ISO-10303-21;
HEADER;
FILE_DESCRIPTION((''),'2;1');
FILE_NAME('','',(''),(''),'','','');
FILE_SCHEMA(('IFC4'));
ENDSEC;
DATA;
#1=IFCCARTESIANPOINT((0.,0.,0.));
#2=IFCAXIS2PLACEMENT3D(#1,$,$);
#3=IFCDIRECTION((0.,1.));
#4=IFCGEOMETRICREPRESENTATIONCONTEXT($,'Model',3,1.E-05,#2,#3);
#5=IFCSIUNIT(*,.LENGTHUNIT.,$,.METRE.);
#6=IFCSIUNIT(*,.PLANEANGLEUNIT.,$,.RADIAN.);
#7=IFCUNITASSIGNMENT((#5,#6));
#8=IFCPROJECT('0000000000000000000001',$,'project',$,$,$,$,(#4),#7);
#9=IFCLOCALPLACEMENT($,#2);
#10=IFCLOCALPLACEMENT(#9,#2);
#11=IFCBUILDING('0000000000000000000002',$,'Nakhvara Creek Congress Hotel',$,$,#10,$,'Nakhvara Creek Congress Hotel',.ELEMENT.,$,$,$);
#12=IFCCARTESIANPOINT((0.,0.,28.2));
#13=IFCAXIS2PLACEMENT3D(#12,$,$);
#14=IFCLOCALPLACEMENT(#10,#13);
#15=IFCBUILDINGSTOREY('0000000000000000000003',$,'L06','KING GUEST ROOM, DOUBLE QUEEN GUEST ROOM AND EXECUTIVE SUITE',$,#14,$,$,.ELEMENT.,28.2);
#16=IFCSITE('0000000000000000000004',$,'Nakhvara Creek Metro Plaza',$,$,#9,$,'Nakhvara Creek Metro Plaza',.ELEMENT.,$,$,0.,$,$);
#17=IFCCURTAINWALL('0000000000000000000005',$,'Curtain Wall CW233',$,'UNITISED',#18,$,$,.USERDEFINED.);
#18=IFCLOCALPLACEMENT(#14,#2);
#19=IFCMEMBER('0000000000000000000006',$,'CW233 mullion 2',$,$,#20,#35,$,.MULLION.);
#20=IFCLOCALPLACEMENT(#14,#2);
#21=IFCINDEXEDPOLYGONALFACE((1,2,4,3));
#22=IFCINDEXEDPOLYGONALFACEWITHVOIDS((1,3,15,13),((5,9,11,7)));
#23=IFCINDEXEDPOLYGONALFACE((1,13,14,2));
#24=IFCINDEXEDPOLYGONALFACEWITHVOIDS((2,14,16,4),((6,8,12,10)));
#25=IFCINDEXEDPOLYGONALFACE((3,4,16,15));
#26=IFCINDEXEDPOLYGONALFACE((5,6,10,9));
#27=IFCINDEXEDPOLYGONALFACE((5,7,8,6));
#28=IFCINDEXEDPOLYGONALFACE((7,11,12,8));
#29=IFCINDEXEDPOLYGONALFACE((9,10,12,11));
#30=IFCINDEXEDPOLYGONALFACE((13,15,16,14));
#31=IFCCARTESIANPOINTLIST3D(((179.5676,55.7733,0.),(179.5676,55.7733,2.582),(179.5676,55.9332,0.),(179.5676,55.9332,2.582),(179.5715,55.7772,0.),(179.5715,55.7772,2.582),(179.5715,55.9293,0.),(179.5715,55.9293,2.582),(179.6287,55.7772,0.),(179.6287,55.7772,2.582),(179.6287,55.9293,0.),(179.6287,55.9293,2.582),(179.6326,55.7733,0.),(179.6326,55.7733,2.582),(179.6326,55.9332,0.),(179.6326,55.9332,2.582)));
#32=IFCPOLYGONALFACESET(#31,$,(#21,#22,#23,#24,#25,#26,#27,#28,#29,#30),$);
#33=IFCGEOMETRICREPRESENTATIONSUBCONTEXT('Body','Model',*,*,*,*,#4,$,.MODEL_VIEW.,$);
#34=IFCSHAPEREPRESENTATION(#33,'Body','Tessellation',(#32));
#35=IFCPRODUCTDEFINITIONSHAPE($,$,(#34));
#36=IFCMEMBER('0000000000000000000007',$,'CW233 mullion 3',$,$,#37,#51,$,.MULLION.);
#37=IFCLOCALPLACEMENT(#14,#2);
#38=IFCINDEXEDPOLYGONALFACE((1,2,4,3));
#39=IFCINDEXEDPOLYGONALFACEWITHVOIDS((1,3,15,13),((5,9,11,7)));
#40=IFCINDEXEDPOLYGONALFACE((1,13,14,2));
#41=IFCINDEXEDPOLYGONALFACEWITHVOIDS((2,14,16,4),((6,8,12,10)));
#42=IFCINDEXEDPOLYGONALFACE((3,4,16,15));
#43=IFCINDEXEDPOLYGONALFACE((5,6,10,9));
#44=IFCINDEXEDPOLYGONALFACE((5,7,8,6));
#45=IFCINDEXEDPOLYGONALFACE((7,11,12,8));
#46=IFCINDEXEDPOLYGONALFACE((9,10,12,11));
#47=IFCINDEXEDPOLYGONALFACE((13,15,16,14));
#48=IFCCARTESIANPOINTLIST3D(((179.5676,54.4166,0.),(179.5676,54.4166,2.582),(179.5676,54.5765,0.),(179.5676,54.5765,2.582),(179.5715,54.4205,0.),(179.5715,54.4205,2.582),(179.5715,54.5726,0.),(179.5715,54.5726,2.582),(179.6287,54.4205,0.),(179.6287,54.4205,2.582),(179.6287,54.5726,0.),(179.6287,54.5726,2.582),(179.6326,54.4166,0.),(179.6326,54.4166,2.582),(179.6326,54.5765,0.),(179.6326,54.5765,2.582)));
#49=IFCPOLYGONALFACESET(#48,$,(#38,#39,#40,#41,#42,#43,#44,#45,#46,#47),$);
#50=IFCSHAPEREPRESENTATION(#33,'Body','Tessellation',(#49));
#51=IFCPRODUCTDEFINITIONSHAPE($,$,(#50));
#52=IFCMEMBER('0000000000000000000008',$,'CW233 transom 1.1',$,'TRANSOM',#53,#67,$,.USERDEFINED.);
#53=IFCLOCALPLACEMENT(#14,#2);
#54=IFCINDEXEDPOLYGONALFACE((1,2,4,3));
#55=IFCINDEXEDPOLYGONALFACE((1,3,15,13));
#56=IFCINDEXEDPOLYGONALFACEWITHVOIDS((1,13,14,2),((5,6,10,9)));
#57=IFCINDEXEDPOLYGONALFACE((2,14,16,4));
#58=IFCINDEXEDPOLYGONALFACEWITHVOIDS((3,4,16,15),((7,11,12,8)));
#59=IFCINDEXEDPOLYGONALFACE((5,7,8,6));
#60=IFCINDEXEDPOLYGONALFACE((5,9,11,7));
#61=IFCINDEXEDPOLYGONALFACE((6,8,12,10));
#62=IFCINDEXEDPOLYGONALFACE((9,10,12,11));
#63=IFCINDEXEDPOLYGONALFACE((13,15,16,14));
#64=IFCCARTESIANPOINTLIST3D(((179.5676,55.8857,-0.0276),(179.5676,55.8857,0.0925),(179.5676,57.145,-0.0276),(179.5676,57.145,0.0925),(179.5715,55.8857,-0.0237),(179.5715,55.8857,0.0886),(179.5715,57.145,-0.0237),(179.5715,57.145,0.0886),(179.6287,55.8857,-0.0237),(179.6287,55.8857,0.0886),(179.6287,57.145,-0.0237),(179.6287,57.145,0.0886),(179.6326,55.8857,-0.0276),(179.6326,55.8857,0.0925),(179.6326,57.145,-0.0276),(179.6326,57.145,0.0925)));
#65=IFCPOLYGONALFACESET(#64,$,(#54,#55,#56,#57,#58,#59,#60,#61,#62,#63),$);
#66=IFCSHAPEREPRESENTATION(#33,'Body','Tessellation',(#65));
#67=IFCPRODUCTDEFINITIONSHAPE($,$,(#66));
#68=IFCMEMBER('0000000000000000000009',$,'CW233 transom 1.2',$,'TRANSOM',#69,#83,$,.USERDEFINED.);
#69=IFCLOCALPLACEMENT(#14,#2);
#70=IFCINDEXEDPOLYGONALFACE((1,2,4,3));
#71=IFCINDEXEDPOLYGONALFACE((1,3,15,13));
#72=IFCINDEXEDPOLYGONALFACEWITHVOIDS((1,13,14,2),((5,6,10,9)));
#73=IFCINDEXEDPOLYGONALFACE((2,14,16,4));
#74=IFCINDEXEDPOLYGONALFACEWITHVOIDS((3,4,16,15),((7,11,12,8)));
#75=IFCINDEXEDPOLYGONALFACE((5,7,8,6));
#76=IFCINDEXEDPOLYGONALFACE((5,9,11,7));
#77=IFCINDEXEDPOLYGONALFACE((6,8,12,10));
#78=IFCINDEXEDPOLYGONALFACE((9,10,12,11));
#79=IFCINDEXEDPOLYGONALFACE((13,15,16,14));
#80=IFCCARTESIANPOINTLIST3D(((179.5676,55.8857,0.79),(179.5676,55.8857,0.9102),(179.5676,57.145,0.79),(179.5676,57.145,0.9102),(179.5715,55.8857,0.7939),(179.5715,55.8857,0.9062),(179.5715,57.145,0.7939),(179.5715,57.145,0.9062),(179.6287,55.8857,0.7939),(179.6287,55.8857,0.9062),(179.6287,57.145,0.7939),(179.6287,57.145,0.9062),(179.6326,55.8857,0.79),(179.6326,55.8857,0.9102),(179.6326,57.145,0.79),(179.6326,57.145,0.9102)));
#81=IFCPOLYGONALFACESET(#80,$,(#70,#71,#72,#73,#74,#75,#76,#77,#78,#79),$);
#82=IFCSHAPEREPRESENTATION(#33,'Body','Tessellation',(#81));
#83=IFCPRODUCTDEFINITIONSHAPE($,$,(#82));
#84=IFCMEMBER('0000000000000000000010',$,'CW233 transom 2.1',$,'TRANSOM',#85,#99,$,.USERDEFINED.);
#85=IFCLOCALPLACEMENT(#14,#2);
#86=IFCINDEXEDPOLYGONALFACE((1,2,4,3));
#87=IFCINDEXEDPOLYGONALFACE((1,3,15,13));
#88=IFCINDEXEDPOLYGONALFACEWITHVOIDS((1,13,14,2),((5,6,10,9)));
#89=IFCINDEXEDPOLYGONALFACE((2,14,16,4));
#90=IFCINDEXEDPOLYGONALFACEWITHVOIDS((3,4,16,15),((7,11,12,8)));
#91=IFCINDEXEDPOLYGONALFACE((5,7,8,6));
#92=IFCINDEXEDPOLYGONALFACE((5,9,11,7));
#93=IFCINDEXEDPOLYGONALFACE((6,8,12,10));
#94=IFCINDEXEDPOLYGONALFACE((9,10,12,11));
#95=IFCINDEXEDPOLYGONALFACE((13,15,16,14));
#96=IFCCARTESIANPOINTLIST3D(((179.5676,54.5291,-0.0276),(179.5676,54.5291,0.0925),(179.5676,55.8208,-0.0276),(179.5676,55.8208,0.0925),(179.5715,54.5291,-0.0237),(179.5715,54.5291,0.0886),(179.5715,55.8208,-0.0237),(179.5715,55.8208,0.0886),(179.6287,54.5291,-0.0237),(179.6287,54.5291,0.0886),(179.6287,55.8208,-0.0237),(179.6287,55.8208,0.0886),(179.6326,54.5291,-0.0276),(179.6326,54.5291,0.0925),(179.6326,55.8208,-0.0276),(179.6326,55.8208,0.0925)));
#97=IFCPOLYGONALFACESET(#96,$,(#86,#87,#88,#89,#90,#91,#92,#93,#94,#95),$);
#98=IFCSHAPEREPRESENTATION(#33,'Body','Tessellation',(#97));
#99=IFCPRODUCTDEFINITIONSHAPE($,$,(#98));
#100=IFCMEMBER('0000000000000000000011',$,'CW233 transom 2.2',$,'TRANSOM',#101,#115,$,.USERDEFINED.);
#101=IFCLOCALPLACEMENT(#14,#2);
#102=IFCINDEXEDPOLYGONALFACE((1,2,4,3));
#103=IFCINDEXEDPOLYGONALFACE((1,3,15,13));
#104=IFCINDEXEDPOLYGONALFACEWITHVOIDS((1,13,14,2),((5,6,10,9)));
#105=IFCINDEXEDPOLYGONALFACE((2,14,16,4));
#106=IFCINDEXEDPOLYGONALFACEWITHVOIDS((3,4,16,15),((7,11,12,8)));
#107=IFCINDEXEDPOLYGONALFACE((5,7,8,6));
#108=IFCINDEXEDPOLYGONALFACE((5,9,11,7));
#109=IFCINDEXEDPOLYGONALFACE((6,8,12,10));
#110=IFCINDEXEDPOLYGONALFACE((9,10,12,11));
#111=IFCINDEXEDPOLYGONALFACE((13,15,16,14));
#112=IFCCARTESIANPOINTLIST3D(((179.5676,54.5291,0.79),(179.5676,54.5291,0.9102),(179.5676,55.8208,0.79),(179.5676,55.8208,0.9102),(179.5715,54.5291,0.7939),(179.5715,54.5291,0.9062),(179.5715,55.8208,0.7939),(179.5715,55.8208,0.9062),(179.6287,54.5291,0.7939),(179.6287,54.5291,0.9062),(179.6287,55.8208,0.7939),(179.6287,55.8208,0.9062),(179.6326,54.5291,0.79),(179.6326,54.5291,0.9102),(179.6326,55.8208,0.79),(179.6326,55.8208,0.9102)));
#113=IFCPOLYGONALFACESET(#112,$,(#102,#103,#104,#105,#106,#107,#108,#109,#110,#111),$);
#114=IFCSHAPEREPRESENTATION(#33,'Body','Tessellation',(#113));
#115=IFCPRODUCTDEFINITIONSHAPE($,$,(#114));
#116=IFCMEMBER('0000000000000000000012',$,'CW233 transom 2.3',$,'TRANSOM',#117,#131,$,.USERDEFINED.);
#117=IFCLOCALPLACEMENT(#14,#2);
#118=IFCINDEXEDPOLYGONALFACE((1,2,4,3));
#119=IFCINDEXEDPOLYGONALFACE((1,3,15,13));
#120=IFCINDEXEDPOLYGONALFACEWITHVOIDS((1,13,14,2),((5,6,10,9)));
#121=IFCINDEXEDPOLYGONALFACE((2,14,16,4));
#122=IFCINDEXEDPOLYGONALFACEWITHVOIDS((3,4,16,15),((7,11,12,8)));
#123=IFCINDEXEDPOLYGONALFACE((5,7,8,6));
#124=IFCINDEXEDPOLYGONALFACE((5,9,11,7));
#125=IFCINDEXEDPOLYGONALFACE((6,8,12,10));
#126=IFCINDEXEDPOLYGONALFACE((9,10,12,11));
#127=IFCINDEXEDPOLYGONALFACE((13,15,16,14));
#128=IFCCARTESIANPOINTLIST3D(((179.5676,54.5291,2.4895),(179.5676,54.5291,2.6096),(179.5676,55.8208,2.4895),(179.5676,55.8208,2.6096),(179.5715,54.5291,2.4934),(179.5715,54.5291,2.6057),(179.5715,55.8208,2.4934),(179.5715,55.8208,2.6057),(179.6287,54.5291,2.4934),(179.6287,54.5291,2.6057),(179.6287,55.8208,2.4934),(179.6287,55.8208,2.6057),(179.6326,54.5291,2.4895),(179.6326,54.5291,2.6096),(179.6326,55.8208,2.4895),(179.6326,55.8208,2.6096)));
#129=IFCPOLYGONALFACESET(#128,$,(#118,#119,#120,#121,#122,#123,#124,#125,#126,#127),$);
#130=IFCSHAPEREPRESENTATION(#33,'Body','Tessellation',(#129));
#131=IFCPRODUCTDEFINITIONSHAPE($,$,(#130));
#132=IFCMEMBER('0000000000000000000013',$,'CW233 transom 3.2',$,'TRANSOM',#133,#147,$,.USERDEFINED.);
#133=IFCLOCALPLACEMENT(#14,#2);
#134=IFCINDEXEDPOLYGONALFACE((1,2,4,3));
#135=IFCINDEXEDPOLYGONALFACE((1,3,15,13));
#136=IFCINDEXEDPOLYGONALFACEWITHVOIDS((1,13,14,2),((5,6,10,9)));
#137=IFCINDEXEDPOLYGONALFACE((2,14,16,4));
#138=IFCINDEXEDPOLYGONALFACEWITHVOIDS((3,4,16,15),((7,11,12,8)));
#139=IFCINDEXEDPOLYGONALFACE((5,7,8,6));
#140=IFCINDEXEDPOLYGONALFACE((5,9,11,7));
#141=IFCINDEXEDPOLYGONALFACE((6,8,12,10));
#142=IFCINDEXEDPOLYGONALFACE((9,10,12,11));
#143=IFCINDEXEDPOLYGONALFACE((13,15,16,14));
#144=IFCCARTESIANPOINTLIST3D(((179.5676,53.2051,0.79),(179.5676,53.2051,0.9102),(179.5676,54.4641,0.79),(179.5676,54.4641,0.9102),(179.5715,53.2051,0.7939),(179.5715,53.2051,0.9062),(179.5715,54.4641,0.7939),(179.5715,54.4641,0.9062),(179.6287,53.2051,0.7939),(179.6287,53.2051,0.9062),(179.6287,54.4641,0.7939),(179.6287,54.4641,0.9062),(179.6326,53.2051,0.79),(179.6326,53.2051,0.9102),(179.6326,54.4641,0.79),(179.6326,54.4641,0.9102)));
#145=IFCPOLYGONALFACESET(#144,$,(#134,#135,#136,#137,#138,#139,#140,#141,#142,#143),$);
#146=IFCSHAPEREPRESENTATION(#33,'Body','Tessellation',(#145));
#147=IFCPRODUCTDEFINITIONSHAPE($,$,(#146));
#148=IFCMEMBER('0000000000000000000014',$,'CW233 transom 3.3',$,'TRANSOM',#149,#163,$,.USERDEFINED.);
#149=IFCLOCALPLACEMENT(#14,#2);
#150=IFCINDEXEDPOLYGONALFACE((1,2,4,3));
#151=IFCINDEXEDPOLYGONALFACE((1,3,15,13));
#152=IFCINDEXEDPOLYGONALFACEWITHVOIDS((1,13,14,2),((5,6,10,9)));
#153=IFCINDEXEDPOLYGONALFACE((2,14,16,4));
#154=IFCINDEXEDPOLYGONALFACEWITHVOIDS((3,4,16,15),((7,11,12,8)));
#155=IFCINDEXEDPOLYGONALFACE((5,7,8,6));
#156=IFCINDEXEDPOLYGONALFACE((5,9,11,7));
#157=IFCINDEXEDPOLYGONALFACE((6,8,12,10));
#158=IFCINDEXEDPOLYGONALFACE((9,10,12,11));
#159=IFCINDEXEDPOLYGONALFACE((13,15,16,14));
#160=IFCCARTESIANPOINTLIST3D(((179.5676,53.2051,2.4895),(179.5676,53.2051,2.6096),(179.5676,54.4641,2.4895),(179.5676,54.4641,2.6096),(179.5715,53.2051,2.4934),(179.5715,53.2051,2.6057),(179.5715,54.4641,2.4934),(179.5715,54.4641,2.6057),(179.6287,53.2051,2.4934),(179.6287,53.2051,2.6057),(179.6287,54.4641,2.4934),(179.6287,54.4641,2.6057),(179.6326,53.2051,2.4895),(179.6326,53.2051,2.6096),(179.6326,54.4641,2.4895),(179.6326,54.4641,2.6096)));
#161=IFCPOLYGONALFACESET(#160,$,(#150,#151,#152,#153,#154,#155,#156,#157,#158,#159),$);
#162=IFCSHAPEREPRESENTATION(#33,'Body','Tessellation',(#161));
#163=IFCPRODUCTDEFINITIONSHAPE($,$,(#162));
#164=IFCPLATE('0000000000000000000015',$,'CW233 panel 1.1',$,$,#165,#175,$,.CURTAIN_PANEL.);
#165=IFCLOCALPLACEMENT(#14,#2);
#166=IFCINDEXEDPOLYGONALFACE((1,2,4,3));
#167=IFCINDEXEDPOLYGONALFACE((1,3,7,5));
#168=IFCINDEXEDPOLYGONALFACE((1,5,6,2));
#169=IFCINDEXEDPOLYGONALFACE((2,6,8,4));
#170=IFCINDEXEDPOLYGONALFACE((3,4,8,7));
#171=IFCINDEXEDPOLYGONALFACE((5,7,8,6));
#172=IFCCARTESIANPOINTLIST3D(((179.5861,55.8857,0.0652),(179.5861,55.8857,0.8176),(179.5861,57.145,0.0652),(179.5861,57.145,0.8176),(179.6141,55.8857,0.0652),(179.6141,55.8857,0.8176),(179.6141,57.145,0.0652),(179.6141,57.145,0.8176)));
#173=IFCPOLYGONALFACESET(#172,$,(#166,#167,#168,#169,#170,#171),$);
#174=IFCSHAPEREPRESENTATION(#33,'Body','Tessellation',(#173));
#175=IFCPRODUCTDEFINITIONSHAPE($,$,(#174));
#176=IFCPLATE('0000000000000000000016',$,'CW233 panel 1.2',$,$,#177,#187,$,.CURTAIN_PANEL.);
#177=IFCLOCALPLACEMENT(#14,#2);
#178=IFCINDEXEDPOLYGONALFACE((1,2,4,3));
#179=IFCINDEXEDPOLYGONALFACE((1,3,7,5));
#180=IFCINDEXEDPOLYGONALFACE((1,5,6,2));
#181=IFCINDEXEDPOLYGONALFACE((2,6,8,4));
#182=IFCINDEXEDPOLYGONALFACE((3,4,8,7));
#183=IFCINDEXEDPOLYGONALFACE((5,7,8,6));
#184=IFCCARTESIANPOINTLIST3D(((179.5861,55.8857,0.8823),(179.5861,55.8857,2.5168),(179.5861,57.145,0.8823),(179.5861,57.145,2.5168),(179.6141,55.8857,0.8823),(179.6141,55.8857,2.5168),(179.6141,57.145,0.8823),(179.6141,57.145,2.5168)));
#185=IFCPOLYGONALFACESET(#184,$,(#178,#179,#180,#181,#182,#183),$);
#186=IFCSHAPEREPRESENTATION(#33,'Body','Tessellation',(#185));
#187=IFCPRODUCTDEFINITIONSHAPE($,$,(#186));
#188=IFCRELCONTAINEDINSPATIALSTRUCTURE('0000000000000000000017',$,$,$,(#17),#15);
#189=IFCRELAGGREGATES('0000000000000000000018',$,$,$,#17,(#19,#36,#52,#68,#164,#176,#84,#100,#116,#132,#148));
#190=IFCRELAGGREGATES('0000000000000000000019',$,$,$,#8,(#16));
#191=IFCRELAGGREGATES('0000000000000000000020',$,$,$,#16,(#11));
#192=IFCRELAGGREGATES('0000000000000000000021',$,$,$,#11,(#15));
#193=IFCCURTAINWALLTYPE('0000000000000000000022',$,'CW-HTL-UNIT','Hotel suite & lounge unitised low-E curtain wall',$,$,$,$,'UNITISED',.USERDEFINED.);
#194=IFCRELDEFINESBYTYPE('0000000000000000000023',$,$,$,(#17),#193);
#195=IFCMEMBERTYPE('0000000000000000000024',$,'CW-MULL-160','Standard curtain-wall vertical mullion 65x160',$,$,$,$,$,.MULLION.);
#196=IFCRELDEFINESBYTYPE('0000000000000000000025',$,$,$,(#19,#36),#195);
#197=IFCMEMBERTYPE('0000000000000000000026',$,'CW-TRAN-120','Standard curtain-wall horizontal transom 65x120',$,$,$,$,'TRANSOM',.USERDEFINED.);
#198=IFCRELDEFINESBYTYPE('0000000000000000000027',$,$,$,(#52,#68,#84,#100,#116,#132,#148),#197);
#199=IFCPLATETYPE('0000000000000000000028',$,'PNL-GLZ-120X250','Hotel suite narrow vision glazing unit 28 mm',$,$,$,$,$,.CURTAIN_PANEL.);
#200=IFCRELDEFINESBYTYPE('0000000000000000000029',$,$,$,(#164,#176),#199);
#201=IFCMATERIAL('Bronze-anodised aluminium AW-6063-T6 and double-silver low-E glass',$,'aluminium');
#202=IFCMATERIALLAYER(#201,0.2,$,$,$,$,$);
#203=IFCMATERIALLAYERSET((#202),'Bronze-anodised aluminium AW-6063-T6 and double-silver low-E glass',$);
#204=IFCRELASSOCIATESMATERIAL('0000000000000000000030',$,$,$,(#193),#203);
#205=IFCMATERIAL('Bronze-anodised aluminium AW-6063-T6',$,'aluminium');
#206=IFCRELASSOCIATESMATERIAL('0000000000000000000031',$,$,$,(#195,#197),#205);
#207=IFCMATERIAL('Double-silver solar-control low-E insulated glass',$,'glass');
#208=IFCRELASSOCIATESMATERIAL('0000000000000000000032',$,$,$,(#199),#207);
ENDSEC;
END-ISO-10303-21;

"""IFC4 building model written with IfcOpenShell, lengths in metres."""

from ifc_helpers import new_model, si_unit, direction, frame, origin, origin_2d, place, context, subcontext, project, spatial, rectangle, hollow_rectangle, extrude, material, layer, layer_set, material_profile, profile_set, type_object, element, aggregate, save


model = new_model("IFC4")

# Units and contexts
model_context = context("Model", 3, precision=1e-05, world=origin(), true_north=direction((0.0, 1.0)))
body_context = subcontext(model_context, "Body", "Model", "MODEL_VIEW")
ifc_project = project(units=[si_unit("LENGTHUNIT", "METRE"), si_unit("PLANEANGLEUNIT", "RADIAN")], contexts=[model_context])

# Site, building, storey
site_placement = place(None, origin())
site = spatial("IfcSite", under=ifc_project, at=site_placement, Name="Nakhvara Creek Metro Plaza", LongName="Nakhvara Creek Metro Plaza", CompositionType="ELEMENT", RefElevation=0.0)
building_placement = place(site_placement, origin())
building = spatial("IfcBuilding", under=site, at=building_placement, Name="Nakhvara Creek Congress Hotel", LongName="Nakhvara Creek Congress Hotel", CompositionType="ELEMENT")
storey_placement = place(building_placement, frame((0.0, 0.0, 28.2)))
storey = spatial("IfcBuildingStorey", under=building, at=storey_placement, Name="L06", Description="KING GUEST ROOM, DOUBLE QUEEN GUEST ROOM AND EXECUTIVE SUITE", CompositionType="ELEMENT", Elevation=28.2)

# Curtain wall, members, plates
ifc_material_1 = material(Name="Bronze-anodised aluminium AW-6063-T6 and double-silver low-E glass", Category="aluminium")
ifc_layer_1 = layer(ifc_material_1, 0.2)
ifc_layer_set_1 = layer_set([ifc_layer_1], Name="Bronze-anodised aluminium AW-6063-T6 and double-silver low-E glass")
curtain_wall_type = type_object("IfcCurtainWallType", Name="CW-HTL-UNIT", Description="Hotel suite & lounge unitised low-E curtain wall", ElementType="UNITISED", PredefinedType="USERDEFINED", material=ifc_layer_set_1)
curtain_wall_placement = place(storey_placement, origin())
curtain_wall = element("IfcCurtainWall", 1, at=curtain_wall_placement, inside=storey, type_object=curtain_wall_type, Name="Curtain Wall CW233", ObjectType="UNITISED", PredefinedType="USERDEFINED")
ifc_material_2 = material(Name="Bronze-anodised aluminium AW-6063-T6", Category="aluminium")
ifc_material_profile_1 = material_profile(ifc_material_2, hollow_rectangle(XDim=0.0649, YDim=0.1599, WallThickness=0.0039, at=origin_2d()), Name="ALU-MULL 65x160x4", Category="LoadBearing")
ifc_profile_set_1 = profile_set([ifc_material_profile_1], Name="Bronze-anodised aluminium AW-6063-T6")
member_type_1 = type_object("IfcMemberType", Name="CW-MULL-160", Description="Standard curtain-wall vertical mullion 65x160", PredefinedType="MULLION", material=ifc_profile_set_1)
member_1_placement = place(storey_placement, frame((179.6001, 55.8533, 0.0), z_axis=(0.0, 0.0, 1.0), x_axis=(1.0, 0.0, 0.0)))
member_1 = element("IfcMember", 2, at=member_1_placement, type_object=member_type_1, Name="CW233 mullion 2", PredefinedType="MULLION", context=body_context, shape_type="SweptSolid", body=[
    extrude(hollow_rectangle(XDim=0.0649, YDim=0.1599, WallThickness=0.0039, at=origin_2d()), origin(), (0.0, 0.0, 1.0), 2.582),
])
member_2_placement = place(storey_placement, frame((179.6001, 54.4966, 0.0), z_axis=(0.0, 0.0, 1.0), x_axis=(1.0, 0.0, 0.0)))
member_2 = element("IfcMember", 3, at=member_2_placement, type_object=member_type_1, Name="CW233 mullion 3", PredefinedType="MULLION", context=body_context, shape_type="SweptSolid", body=[
    extrude(hollow_rectangle(XDim=0.0649, YDim=0.1599, WallThickness=0.0039, at=origin_2d()), origin(), (0.0, 0.0, 1.0), 2.582),
])
ifc_material_profile_2 = material_profile(ifc_material_2, hollow_rectangle(XDim=0.0649, YDim=0.1201, WallThickness=0.0039, at=origin_2d()), Name="ALU-TRAN 65x120x4", Category="LoadBearing")
ifc_profile_set_2 = profile_set([ifc_material_profile_2], Name="Bronze-anodised aluminium AW-6063-T6")
member_type_2 = type_object("IfcMemberType", Name="CW-TRAN-120", Description="Standard curtain-wall horizontal transom 65x120", ElementType="TRANSOM", PredefinedType="USERDEFINED", material=ifc_profile_set_2)
member_3_placement = place(storey_placement, frame((179.6001, 57.145, 0.0325), z_axis=(0.0, -1.0, 0.0), x_axis=(1.0, 0.0, 0.0)))
member_3 = element("IfcMember", 4, at=member_3_placement, type_object=member_type_2, Name="CW233 transom 1.1", ObjectType="TRANSOM", PredefinedType="USERDEFINED", context=body_context, shape_type="SweptSolid", body=[
    extrude(hollow_rectangle(XDim=0.0649, YDim=0.1201, WallThickness=0.0039, at=origin_2d()), origin(), (0.0, 0.0, 1.0), 1.2593),
])
member_4_placement = place(storey_placement, frame((179.6001, 57.145, 0.8501), z_axis=(0.0, -1.0, 0.0), x_axis=(1.0, 0.0, 0.0)))
member_4 = element("IfcMember", 5, at=member_4_placement, type_object=member_type_2, Name="CW233 transom 1.2", ObjectType="TRANSOM", PredefinedType="USERDEFINED", context=body_context, shape_type="SweptSolid", body=[
    extrude(hollow_rectangle(XDim=0.0649, YDim=0.1201, WallThickness=0.0039, at=origin_2d()), origin(), (0.0, 0.0, 1.0), 1.2593),
])
member_5_placement = place(storey_placement, frame((179.6001, 55.8208, 0.0325), z_axis=(0.0, -1.0, 0.0), x_axis=(1.0, 0.0, 0.0)))
member_5 = element("IfcMember", 6, at=member_5_placement, type_object=member_type_2, Name="CW233 transom 2.1", ObjectType="TRANSOM", PredefinedType="USERDEFINED", context=body_context, shape_type="SweptSolid", body=[
    extrude(hollow_rectangle(XDim=0.0649, YDim=0.1201, WallThickness=0.0039, at=origin_2d()), origin(), (0.0, 0.0, 1.0), 1.2917),
])
member_6_placement = place(storey_placement, frame((179.6001, 55.8208, 0.8501), z_axis=(0.0, -1.0, 0.0), x_axis=(1.0, 0.0, 0.0)))
member_6 = element("IfcMember", 7, at=member_6_placement, type_object=member_type_2, Name="CW233 transom 2.2", ObjectType="TRANSOM", PredefinedType="USERDEFINED", context=body_context, shape_type="SweptSolid", body=[
    extrude(hollow_rectangle(XDim=0.0649, YDim=0.1201, WallThickness=0.0039, at=origin_2d()), origin(), (0.0, 0.0, 1.0), 1.2917),
])
member_7_placement = place(storey_placement, frame((179.6001, 55.8208, 2.5496), z_axis=(0.0, -1.0, 0.0), x_axis=(1.0, 0.0, 0.0)))
member_7 = element("IfcMember", 8, at=member_7_placement, type_object=member_type_2, Name="CW233 transom 2.3", ObjectType="TRANSOM", PredefinedType="USERDEFINED", context=body_context, shape_type="SweptSolid", body=[
    extrude(hollow_rectangle(XDim=0.0649, YDim=0.1201, WallThickness=0.0039, at=origin_2d()), origin(), (0.0, 0.0, 1.0), 1.2917),
])
member_8_placement = place(storey_placement, frame((179.6001, 54.4641, 0.8501), z_axis=(0.0, -1.0, 0.0), x_axis=(1.0, 0.0, 0.0)))
member_8 = element("IfcMember", 9, at=member_8_placement, type_object=member_type_2, Name="CW233 transom 3.2", ObjectType="TRANSOM", PredefinedType="USERDEFINED", context=body_context, shape_type="SweptSolid", body=[
    extrude(hollow_rectangle(XDim=0.0649, YDim=0.1201, WallThickness=0.0039, at=origin_2d()), origin(), (0.0, 0.0, 1.0), 1.259),
])
member_9_placement = place(storey_placement, frame((179.6001, 54.4641, 2.5496), z_axis=(0.0, -1.0, 0.0), x_axis=(1.0, 0.0, 0.0)))
member_9 = element("IfcMember", 10, at=member_9_placement, type_object=member_type_2, Name="CW233 transom 3.3", ObjectType="TRANSOM", PredefinedType="USERDEFINED", context=body_context, shape_type="SweptSolid", body=[
    extrude(hollow_rectangle(XDim=0.0649, YDim=0.1201, WallThickness=0.0039, at=origin_2d()), origin(), (0.0, 0.0, 1.0), 1.259),
])
ifc_material_3 = material(Name="Double-silver solar-control low-E insulated glass", Category="glass")
plate_type = type_object("IfcPlateType", Name="PNL-GLZ-120X250", Description="Hotel suite narrow vision glazing unit 28 mm", PredefinedType="CURTAIN_PANEL", material=ifc_material_3)
plate_1_placement = place(storey_placement, frame((179.6001, 56.5154, 0.0652), z_axis=(0.0, 0.0, 1.0), x_axis=(0.0, -1.0, 0.0)))
plate_1 = element("IfcPlate", 11, at=plate_1_placement, type_object=plate_type, Name="CW233 panel 1.1", PredefinedType="CURTAIN_PANEL", context=body_context, shape_type="SweptSolid", body=[
    extrude(rectangle(XDim=1.2593, YDim=0.0281, at=origin_2d()), origin(), (0.0, 0.0, 1.0), 0.7524),
])
plate_2_placement = place(storey_placement, frame((179.6001, 56.5154, 0.8823), z_axis=(0.0, 0.0, 1.0), x_axis=(0.0, -1.0, 0.0)))
plate_2 = element("IfcPlate", 12, at=plate_2_placement, type_object=plate_type, Name="CW233 panel 1.2", PredefinedType="CURTAIN_PANEL", context=body_context, shape_type="SweptSolid", body=[
    extrude(rectangle(XDim=1.2593, YDim=0.0281, at=origin_2d()), origin(), (0.0, 0.0, 1.0), 1.6345),
])
aggregate(curtain_wall, [member_1, member_2, member_3, member_4, plate_1, plate_2, member_5, member_6, member_7, member_8, member_9])

save(model, "model.ifc")
